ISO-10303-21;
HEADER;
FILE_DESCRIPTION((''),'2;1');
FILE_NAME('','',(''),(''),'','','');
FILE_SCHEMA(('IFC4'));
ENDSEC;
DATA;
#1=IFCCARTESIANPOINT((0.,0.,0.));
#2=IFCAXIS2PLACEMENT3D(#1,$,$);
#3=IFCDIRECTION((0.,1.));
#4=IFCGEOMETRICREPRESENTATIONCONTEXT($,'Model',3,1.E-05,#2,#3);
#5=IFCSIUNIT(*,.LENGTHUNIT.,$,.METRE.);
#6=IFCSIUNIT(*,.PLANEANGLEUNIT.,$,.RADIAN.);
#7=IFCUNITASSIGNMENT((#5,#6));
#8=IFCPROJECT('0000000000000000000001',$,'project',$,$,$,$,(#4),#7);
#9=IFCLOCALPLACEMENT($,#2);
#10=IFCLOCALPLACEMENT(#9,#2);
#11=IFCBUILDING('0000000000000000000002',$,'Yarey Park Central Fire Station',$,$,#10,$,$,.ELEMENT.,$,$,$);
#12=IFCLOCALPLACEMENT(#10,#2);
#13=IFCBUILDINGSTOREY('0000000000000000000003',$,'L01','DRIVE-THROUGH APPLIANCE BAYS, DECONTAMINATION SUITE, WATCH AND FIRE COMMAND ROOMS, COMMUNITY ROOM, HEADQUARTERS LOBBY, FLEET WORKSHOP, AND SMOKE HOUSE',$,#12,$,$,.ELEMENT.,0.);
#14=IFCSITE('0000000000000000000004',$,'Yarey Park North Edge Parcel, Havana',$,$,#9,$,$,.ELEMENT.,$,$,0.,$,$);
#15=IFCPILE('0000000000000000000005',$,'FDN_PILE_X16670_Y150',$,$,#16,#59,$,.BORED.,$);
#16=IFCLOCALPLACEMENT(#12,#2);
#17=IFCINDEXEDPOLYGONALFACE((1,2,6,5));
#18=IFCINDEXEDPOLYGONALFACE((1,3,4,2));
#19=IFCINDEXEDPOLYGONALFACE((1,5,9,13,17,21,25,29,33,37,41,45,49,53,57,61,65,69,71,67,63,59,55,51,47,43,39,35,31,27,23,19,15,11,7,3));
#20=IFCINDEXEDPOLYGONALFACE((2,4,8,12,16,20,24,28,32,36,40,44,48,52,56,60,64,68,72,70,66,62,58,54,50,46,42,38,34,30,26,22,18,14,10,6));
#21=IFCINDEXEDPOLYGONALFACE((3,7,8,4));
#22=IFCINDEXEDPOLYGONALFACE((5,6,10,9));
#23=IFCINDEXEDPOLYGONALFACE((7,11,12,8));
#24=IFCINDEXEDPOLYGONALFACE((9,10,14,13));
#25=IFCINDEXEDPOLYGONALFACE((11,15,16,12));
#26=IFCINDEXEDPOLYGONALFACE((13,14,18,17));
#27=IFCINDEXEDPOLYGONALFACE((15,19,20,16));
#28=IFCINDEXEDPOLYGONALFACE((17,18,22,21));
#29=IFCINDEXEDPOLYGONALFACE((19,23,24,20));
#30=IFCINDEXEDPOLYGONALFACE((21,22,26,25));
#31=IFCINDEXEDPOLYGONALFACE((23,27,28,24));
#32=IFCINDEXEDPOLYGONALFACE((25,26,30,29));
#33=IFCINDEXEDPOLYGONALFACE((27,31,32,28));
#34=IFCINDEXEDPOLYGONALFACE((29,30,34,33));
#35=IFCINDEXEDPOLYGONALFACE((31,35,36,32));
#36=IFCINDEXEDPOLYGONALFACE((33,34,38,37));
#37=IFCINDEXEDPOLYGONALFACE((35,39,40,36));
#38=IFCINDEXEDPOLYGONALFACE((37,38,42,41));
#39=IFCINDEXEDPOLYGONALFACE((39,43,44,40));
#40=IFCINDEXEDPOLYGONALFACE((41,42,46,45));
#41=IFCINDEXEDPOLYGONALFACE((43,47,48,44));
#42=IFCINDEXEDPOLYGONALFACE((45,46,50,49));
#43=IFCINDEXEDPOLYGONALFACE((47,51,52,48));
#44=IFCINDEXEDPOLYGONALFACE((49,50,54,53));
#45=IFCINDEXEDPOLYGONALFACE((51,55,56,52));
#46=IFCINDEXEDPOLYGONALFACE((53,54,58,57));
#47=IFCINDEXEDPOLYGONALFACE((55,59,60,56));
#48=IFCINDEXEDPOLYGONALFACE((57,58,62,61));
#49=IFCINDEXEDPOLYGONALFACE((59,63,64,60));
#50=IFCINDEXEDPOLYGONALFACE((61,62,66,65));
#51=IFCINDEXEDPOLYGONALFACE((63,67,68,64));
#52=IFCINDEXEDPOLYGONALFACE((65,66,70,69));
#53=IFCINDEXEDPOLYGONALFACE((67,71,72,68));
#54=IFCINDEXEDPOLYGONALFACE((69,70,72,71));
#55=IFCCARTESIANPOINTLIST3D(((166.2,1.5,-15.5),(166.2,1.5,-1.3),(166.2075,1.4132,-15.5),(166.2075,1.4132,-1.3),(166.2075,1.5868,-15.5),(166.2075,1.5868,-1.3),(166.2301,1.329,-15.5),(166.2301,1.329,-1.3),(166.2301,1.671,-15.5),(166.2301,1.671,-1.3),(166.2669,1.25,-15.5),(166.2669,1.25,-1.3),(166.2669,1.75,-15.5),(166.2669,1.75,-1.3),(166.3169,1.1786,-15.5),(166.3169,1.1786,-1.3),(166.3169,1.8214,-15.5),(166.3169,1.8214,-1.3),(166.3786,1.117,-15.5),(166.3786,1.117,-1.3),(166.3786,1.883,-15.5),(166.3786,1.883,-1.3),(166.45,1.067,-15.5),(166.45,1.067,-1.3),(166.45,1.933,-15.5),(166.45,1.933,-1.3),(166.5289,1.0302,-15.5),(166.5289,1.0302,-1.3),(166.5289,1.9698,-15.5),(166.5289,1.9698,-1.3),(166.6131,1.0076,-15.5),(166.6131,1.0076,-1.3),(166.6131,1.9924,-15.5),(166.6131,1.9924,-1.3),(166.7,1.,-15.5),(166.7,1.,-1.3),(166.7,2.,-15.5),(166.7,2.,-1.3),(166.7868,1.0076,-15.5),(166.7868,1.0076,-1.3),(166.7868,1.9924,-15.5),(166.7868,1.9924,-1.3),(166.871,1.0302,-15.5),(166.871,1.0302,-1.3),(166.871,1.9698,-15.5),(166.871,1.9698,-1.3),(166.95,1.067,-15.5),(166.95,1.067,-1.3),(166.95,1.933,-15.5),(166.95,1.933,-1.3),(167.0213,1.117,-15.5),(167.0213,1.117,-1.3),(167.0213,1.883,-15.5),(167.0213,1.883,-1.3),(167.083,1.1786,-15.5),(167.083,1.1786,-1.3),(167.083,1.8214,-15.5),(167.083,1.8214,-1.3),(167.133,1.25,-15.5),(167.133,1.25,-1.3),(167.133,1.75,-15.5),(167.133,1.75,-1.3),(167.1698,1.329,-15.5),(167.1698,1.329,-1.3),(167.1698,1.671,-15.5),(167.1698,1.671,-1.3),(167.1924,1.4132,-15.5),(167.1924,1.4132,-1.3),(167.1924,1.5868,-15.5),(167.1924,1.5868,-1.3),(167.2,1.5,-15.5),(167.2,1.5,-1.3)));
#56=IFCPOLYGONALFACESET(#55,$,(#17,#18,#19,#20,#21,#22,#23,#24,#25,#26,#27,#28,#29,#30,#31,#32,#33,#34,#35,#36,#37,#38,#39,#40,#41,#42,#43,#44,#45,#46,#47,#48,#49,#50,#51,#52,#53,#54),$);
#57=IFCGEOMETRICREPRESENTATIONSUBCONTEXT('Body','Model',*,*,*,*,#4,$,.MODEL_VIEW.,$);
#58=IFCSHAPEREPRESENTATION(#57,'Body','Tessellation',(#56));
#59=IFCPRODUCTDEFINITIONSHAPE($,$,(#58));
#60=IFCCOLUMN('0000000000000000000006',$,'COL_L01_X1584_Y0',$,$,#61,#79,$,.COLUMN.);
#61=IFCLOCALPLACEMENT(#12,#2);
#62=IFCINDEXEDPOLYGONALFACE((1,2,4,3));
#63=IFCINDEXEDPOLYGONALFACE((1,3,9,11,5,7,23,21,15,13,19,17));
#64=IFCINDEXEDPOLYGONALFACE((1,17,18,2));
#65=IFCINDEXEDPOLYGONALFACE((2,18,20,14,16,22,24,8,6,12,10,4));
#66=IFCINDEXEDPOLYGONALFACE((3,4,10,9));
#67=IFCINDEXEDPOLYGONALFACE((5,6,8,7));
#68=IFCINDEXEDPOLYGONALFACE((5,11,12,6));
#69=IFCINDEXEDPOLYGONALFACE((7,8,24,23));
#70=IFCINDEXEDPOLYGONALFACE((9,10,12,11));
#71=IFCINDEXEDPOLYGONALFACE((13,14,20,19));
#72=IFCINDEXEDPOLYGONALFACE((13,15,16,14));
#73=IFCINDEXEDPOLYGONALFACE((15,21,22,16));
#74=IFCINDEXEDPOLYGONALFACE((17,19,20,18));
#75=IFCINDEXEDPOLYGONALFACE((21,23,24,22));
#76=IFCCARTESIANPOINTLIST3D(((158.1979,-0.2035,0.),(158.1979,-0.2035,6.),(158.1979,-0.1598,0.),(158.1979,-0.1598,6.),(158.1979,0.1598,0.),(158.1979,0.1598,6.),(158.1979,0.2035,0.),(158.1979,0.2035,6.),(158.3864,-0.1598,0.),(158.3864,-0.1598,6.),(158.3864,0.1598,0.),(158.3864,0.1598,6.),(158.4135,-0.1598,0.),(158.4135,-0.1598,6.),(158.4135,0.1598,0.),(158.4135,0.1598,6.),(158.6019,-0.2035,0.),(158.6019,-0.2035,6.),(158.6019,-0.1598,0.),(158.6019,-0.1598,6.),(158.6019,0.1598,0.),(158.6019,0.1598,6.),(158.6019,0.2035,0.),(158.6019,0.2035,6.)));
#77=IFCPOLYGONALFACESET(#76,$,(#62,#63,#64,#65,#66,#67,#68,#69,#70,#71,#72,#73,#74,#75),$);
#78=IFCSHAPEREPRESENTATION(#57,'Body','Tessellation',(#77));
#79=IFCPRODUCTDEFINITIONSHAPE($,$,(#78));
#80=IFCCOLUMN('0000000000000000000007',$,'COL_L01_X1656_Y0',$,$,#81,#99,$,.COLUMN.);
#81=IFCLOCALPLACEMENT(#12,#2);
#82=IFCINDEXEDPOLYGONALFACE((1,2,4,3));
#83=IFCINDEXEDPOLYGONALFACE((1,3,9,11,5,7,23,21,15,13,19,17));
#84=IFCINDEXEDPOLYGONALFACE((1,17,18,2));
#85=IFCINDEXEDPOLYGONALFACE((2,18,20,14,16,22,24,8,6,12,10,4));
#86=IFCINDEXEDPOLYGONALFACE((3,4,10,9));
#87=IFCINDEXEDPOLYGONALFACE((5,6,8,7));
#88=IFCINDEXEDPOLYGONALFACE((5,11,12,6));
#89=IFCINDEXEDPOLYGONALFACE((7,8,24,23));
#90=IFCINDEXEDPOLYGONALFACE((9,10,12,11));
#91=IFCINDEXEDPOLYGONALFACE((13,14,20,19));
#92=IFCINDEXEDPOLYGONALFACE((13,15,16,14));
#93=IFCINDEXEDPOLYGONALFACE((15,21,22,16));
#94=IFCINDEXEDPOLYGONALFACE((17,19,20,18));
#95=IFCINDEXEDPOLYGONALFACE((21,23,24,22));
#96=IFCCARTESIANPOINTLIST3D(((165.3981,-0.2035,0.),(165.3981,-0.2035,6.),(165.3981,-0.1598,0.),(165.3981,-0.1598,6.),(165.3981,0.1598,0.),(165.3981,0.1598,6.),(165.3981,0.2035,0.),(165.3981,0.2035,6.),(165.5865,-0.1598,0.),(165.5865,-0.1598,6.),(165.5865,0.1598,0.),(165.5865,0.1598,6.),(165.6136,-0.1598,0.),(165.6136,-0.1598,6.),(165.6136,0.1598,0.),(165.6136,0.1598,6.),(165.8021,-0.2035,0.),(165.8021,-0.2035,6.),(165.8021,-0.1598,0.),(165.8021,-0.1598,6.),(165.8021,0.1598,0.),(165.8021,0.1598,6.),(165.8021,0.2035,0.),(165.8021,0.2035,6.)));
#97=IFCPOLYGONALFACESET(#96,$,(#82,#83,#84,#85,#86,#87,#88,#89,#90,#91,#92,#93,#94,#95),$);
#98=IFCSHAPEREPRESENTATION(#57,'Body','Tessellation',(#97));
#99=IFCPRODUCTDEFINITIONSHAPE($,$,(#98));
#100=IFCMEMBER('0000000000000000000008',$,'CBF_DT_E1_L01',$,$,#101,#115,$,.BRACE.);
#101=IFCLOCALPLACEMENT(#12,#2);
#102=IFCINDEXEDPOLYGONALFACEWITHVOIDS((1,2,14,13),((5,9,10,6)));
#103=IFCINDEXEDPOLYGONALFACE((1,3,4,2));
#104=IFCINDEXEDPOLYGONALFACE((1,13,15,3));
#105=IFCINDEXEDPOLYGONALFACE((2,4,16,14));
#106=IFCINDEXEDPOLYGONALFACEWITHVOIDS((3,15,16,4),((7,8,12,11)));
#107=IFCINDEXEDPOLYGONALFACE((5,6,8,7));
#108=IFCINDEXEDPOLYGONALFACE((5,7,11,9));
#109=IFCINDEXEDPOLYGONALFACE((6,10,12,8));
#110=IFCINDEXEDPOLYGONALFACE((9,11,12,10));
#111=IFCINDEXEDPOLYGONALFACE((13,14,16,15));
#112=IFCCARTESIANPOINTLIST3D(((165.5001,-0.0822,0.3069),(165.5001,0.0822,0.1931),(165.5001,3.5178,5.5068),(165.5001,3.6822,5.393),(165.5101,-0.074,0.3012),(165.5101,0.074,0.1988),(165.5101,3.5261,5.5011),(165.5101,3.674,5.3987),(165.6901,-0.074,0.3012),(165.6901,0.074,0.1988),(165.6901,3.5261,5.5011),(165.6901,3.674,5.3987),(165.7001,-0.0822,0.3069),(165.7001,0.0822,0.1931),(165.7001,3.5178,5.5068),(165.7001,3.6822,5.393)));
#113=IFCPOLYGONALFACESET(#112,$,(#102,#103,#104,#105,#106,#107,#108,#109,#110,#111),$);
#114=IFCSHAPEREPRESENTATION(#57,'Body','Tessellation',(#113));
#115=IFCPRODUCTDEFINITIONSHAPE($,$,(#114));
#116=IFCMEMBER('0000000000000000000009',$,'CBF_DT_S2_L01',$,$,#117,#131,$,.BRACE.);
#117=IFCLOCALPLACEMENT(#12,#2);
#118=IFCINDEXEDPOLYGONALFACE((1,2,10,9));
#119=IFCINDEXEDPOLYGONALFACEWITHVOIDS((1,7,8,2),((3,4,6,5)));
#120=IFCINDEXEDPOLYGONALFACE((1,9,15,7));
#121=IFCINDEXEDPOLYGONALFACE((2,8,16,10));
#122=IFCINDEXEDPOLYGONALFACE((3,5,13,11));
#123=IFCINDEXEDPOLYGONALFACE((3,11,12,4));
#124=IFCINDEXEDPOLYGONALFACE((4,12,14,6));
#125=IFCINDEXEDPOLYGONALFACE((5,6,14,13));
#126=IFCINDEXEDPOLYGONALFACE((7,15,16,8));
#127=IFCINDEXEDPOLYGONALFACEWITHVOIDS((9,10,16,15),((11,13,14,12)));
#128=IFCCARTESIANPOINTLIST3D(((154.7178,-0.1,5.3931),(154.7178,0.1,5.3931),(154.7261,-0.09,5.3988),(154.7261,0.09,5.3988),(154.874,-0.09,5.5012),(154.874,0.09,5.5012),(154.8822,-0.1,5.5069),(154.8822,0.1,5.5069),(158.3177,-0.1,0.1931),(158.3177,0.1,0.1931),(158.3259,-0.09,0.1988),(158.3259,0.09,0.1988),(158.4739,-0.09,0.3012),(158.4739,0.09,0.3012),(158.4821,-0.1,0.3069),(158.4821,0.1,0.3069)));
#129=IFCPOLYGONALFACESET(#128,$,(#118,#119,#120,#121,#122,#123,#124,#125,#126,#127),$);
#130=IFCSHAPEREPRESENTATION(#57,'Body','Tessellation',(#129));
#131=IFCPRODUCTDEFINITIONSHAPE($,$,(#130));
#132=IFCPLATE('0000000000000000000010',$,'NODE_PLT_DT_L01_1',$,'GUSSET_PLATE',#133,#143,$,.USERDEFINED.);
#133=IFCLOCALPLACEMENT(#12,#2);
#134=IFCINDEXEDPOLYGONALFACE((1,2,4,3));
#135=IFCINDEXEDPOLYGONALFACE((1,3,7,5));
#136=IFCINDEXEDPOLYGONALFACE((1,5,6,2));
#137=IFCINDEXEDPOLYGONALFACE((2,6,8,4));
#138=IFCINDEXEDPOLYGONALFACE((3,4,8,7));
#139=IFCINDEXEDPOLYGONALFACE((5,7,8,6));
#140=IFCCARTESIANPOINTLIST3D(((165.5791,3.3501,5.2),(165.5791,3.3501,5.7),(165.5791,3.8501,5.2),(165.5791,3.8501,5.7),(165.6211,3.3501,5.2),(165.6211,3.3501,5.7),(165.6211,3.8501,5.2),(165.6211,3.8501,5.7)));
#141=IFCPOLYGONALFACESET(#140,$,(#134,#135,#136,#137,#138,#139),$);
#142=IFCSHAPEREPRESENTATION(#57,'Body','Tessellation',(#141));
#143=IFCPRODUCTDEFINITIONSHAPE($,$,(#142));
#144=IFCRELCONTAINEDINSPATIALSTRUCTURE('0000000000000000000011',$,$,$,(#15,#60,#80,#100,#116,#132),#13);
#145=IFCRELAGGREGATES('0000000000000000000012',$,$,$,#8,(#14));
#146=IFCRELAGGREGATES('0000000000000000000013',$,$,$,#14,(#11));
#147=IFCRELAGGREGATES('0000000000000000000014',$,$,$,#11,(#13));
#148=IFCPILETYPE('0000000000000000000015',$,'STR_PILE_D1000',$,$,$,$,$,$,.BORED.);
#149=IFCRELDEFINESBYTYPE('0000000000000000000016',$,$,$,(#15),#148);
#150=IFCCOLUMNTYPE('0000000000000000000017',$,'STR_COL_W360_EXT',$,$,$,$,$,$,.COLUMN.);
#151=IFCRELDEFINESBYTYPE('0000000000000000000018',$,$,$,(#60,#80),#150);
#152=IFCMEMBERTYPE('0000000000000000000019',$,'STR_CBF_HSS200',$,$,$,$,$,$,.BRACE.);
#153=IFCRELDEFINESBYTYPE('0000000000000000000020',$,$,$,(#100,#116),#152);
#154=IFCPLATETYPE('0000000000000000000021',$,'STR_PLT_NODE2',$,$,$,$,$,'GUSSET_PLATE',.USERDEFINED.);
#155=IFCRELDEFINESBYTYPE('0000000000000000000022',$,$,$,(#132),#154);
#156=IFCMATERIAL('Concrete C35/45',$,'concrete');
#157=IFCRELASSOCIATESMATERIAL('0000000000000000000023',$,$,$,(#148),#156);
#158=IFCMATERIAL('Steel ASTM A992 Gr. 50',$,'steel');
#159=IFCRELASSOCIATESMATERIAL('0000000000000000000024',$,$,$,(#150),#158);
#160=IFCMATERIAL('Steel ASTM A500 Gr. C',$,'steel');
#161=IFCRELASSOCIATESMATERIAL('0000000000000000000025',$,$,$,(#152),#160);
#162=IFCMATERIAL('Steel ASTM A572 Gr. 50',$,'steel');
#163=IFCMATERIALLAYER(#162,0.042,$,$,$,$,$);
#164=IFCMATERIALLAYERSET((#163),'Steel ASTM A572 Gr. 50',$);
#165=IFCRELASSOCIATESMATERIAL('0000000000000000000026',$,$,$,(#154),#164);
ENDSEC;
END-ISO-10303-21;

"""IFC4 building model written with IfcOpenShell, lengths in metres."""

from ifc_helpers import new_model, si_unit, direction, frame, origin, origin_2d, place, context, subcontext, project, spatial, rectangle, hollow_rectangle, circle, i_section, extrude, material, layer, layer_set, material_profile, profile_set, type_object, element, save


model = new_model("IFC4")

# Units and contexts
model_context = context("Model", 3, precision=1e-05, world=origin(), true_north=direction((0.0, 1.0)))
body_context = subcontext(model_context, "Body", "Model", "MODEL_VIEW")
ifc_project = project(units=[si_unit("LENGTHUNIT", "METRE"), si_unit("PLANEANGLEUNIT", "RADIAN")], contexts=[model_context])

# Site, building, storey
site_placement = place(None, origin())
site = spatial("IfcSite", under=ifc_project, at=site_placement, Name="Yarey Park North Edge Parcel, Havana", CompositionType="ELEMENT", RefElevation=0.0)
building_placement = place(site_placement, origin())
building = spatial("IfcBuilding", under=site, at=building_placement, Name="Yarey Park Central Fire Station", CompositionType="ELEMENT")
storey_placement = place(building_placement, origin())
storey = spatial("IfcBuildingStorey", under=building, at=storey_placement, Name="L01", Description="DRIVE-THROUGH APPLIANCE BAYS, DECONTAMINATION SUITE, WATCH AND FIRE COMMAND ROOMS, COMMUNITY ROOM, HEADQUARTERS LOBBY, FLEET WORKSHOP, AND SMOKE HOUSE", CompositionType="ELEMENT", Elevation=0.0)

# Pile
ifc_material_1 = material(Name="Concrete C35/45", Category="concrete")
ifc_material_profile_1 = material_profile(ifc_material_1, circle(Radius=0.5, at=origin_2d()), Name="BORED PILE D1000")
ifc_profile_set_1 = profile_set([ifc_material_profile_1], Name="Concrete C35/45")
pile_type = type_object("IfcPileType", Name="STR_PILE_D1000", PredefinedType="BORED", material=ifc_profile_set_1)
for number, where, z_axis, x_axis, name in (
    (1, (166.7, 1.5, -1.3), (0.0, 0.0, -1.0), (1.0, 0.0, 0.0), "FDN_PILE_X16670_Y150"),
):
    element("IfcPile", number, at=place(storey_placement, frame(where, z_axis=z_axis, x_axis=x_axis)), inside=storey, type_object=pile_type, Name=name, PredefinedType="BORED", context=body_context, shape_type="SweptSolid", body=[
        extrude(circle(Radius=0.5, at=origin_2d()), origin(), (0.0, 0.0, 1.0), 14.2),
    ])

# Columns
ifc_material_2 = material(Name="Steel ASTM A992 Gr. 50", Category="steel")
ifc_material_profile_2 = material_profile(ifc_material_2, i_section(OverallWidth=0.4041, OverallDepth=0.407, WebThickness=0.0271, FlangeThickness=0.0437, at=origin_2d()), Name="W360x347")
ifc_profile_set_2 = profile_set([ifc_material_profile_2], Name="Steel ASTM A992 Gr. 50")
column_type = type_object("IfcColumnType", Name="STR_COL_W360_EXT", PredefinedType="COLUMN", material=ifc_profile_set_2)
for number, where, z_axis, x_axis, name in (
    (2, (158.3999, 0.0, 0.0), (0.0, 0.0, 1.0), (1.0, 0.0, 0.0), "COL_L01_X1584_Y0"),
    (3, (165.6001, 0.0, 0.0), (0.0, 0.0, 1.0), (1.0, 0.0, 0.0), "COL_L01_X1656_Y0"),
):
    element("IfcColumn", number, at=place(storey_placement, frame(where, z_axis=z_axis, x_axis=x_axis)), inside=storey, type_object=column_type, Name=name, PredefinedType="COLUMN", context=body_context, shape_type="SweptSolid", body=[
        extrude(i_section(OverallWidth=0.4041, OverallDepth=0.407, WebThickness=0.0271, FlangeThickness=0.0437, at=origin_2d()), origin(), (0.0, 0.0, 1.0), 6.0),
    ])

# Members
ifc_material_3 = material(Name="Steel ASTM A500 Gr. C", Category="steel")
ifc_material_profile_3 = material_profile(ifc_material_3, hollow_rectangle(XDim=0.2, YDim=0.2, WallThickness=0.01, at=origin_2d()), Name="HSS 200x200x10")
ifc_profile_set_3 = profile_set([ifc_material_profile_3], Name="Steel ASTM A500 Gr. C")
member_type = type_object("IfcMemberType", Name="STR_CBF_HSS200", PredefinedType="BRACE", material=ifc_profile_set_3)
for number, where, z_axis, x_axis, name in (
    (4, (165.6001, 0.0, 0.25), (0.0, 0.569224, 0.822182), (-1.0, 0.0, 0.0), "CBF_DT_E1_L01"),
    (5, (158.3999, 0.0, 0.25), (-0.569198, 0.0, 0.822201), (0.0, -1.0, 0.0), "CBF_DT_S2_L01"),
):
    element("IfcMember", number, at=place(storey_placement, frame(where, z_axis=z_axis, x_axis=x_axis)), inside=storey, type_object=member_type, Name=name, PredefinedType="BRACE", context=body_context, shape_type="SweptSolid", body=[
        extrude(hollow_rectangle(XDim=0.2, YDim=0.2, WallThickness=0.01, at=origin_2d()), origin(), (0.0, 0.0, 1.0), 6.3245),
    ])

# Plate
ifc_material_4 = material(Name="Steel ASTM A572 Gr. 50", Category="steel")
ifc_layer_1 = layer(ifc_material_4, 0.042)
ifc_layer_set_1 = layer_set([ifc_layer_1], Name="Steel ASTM A572 Gr. 50")
plate_type = type_object("IfcPlateType", Name="STR_PLT_NODE2", ElementType="GUSSET_PLATE", PredefinedType="USERDEFINED", material=ifc_layer_set_1)
plate_placement = place(storey_placement, frame((165.6001, 3.6001, 5.2), z_axis=(0.0, 0.0, 1.0), x_axis=(1.0, 0.0, 0.0)))
element("IfcPlate", 6, at=plate_placement, inside=storey, type_object=plate_type, Name="NODE_PLT_DT_L01_1", ObjectType="GUSSET_PLATE", PredefinedType="USERDEFINED", context=body_context, shape_type="SweptSolid", body=[
    extrude(rectangle(XDim=0.042, YDim=0.5, at=origin_2d()), origin(), (0.0, 0.0, 1.0), 0.5),
])

save(model, "model.ifc")
